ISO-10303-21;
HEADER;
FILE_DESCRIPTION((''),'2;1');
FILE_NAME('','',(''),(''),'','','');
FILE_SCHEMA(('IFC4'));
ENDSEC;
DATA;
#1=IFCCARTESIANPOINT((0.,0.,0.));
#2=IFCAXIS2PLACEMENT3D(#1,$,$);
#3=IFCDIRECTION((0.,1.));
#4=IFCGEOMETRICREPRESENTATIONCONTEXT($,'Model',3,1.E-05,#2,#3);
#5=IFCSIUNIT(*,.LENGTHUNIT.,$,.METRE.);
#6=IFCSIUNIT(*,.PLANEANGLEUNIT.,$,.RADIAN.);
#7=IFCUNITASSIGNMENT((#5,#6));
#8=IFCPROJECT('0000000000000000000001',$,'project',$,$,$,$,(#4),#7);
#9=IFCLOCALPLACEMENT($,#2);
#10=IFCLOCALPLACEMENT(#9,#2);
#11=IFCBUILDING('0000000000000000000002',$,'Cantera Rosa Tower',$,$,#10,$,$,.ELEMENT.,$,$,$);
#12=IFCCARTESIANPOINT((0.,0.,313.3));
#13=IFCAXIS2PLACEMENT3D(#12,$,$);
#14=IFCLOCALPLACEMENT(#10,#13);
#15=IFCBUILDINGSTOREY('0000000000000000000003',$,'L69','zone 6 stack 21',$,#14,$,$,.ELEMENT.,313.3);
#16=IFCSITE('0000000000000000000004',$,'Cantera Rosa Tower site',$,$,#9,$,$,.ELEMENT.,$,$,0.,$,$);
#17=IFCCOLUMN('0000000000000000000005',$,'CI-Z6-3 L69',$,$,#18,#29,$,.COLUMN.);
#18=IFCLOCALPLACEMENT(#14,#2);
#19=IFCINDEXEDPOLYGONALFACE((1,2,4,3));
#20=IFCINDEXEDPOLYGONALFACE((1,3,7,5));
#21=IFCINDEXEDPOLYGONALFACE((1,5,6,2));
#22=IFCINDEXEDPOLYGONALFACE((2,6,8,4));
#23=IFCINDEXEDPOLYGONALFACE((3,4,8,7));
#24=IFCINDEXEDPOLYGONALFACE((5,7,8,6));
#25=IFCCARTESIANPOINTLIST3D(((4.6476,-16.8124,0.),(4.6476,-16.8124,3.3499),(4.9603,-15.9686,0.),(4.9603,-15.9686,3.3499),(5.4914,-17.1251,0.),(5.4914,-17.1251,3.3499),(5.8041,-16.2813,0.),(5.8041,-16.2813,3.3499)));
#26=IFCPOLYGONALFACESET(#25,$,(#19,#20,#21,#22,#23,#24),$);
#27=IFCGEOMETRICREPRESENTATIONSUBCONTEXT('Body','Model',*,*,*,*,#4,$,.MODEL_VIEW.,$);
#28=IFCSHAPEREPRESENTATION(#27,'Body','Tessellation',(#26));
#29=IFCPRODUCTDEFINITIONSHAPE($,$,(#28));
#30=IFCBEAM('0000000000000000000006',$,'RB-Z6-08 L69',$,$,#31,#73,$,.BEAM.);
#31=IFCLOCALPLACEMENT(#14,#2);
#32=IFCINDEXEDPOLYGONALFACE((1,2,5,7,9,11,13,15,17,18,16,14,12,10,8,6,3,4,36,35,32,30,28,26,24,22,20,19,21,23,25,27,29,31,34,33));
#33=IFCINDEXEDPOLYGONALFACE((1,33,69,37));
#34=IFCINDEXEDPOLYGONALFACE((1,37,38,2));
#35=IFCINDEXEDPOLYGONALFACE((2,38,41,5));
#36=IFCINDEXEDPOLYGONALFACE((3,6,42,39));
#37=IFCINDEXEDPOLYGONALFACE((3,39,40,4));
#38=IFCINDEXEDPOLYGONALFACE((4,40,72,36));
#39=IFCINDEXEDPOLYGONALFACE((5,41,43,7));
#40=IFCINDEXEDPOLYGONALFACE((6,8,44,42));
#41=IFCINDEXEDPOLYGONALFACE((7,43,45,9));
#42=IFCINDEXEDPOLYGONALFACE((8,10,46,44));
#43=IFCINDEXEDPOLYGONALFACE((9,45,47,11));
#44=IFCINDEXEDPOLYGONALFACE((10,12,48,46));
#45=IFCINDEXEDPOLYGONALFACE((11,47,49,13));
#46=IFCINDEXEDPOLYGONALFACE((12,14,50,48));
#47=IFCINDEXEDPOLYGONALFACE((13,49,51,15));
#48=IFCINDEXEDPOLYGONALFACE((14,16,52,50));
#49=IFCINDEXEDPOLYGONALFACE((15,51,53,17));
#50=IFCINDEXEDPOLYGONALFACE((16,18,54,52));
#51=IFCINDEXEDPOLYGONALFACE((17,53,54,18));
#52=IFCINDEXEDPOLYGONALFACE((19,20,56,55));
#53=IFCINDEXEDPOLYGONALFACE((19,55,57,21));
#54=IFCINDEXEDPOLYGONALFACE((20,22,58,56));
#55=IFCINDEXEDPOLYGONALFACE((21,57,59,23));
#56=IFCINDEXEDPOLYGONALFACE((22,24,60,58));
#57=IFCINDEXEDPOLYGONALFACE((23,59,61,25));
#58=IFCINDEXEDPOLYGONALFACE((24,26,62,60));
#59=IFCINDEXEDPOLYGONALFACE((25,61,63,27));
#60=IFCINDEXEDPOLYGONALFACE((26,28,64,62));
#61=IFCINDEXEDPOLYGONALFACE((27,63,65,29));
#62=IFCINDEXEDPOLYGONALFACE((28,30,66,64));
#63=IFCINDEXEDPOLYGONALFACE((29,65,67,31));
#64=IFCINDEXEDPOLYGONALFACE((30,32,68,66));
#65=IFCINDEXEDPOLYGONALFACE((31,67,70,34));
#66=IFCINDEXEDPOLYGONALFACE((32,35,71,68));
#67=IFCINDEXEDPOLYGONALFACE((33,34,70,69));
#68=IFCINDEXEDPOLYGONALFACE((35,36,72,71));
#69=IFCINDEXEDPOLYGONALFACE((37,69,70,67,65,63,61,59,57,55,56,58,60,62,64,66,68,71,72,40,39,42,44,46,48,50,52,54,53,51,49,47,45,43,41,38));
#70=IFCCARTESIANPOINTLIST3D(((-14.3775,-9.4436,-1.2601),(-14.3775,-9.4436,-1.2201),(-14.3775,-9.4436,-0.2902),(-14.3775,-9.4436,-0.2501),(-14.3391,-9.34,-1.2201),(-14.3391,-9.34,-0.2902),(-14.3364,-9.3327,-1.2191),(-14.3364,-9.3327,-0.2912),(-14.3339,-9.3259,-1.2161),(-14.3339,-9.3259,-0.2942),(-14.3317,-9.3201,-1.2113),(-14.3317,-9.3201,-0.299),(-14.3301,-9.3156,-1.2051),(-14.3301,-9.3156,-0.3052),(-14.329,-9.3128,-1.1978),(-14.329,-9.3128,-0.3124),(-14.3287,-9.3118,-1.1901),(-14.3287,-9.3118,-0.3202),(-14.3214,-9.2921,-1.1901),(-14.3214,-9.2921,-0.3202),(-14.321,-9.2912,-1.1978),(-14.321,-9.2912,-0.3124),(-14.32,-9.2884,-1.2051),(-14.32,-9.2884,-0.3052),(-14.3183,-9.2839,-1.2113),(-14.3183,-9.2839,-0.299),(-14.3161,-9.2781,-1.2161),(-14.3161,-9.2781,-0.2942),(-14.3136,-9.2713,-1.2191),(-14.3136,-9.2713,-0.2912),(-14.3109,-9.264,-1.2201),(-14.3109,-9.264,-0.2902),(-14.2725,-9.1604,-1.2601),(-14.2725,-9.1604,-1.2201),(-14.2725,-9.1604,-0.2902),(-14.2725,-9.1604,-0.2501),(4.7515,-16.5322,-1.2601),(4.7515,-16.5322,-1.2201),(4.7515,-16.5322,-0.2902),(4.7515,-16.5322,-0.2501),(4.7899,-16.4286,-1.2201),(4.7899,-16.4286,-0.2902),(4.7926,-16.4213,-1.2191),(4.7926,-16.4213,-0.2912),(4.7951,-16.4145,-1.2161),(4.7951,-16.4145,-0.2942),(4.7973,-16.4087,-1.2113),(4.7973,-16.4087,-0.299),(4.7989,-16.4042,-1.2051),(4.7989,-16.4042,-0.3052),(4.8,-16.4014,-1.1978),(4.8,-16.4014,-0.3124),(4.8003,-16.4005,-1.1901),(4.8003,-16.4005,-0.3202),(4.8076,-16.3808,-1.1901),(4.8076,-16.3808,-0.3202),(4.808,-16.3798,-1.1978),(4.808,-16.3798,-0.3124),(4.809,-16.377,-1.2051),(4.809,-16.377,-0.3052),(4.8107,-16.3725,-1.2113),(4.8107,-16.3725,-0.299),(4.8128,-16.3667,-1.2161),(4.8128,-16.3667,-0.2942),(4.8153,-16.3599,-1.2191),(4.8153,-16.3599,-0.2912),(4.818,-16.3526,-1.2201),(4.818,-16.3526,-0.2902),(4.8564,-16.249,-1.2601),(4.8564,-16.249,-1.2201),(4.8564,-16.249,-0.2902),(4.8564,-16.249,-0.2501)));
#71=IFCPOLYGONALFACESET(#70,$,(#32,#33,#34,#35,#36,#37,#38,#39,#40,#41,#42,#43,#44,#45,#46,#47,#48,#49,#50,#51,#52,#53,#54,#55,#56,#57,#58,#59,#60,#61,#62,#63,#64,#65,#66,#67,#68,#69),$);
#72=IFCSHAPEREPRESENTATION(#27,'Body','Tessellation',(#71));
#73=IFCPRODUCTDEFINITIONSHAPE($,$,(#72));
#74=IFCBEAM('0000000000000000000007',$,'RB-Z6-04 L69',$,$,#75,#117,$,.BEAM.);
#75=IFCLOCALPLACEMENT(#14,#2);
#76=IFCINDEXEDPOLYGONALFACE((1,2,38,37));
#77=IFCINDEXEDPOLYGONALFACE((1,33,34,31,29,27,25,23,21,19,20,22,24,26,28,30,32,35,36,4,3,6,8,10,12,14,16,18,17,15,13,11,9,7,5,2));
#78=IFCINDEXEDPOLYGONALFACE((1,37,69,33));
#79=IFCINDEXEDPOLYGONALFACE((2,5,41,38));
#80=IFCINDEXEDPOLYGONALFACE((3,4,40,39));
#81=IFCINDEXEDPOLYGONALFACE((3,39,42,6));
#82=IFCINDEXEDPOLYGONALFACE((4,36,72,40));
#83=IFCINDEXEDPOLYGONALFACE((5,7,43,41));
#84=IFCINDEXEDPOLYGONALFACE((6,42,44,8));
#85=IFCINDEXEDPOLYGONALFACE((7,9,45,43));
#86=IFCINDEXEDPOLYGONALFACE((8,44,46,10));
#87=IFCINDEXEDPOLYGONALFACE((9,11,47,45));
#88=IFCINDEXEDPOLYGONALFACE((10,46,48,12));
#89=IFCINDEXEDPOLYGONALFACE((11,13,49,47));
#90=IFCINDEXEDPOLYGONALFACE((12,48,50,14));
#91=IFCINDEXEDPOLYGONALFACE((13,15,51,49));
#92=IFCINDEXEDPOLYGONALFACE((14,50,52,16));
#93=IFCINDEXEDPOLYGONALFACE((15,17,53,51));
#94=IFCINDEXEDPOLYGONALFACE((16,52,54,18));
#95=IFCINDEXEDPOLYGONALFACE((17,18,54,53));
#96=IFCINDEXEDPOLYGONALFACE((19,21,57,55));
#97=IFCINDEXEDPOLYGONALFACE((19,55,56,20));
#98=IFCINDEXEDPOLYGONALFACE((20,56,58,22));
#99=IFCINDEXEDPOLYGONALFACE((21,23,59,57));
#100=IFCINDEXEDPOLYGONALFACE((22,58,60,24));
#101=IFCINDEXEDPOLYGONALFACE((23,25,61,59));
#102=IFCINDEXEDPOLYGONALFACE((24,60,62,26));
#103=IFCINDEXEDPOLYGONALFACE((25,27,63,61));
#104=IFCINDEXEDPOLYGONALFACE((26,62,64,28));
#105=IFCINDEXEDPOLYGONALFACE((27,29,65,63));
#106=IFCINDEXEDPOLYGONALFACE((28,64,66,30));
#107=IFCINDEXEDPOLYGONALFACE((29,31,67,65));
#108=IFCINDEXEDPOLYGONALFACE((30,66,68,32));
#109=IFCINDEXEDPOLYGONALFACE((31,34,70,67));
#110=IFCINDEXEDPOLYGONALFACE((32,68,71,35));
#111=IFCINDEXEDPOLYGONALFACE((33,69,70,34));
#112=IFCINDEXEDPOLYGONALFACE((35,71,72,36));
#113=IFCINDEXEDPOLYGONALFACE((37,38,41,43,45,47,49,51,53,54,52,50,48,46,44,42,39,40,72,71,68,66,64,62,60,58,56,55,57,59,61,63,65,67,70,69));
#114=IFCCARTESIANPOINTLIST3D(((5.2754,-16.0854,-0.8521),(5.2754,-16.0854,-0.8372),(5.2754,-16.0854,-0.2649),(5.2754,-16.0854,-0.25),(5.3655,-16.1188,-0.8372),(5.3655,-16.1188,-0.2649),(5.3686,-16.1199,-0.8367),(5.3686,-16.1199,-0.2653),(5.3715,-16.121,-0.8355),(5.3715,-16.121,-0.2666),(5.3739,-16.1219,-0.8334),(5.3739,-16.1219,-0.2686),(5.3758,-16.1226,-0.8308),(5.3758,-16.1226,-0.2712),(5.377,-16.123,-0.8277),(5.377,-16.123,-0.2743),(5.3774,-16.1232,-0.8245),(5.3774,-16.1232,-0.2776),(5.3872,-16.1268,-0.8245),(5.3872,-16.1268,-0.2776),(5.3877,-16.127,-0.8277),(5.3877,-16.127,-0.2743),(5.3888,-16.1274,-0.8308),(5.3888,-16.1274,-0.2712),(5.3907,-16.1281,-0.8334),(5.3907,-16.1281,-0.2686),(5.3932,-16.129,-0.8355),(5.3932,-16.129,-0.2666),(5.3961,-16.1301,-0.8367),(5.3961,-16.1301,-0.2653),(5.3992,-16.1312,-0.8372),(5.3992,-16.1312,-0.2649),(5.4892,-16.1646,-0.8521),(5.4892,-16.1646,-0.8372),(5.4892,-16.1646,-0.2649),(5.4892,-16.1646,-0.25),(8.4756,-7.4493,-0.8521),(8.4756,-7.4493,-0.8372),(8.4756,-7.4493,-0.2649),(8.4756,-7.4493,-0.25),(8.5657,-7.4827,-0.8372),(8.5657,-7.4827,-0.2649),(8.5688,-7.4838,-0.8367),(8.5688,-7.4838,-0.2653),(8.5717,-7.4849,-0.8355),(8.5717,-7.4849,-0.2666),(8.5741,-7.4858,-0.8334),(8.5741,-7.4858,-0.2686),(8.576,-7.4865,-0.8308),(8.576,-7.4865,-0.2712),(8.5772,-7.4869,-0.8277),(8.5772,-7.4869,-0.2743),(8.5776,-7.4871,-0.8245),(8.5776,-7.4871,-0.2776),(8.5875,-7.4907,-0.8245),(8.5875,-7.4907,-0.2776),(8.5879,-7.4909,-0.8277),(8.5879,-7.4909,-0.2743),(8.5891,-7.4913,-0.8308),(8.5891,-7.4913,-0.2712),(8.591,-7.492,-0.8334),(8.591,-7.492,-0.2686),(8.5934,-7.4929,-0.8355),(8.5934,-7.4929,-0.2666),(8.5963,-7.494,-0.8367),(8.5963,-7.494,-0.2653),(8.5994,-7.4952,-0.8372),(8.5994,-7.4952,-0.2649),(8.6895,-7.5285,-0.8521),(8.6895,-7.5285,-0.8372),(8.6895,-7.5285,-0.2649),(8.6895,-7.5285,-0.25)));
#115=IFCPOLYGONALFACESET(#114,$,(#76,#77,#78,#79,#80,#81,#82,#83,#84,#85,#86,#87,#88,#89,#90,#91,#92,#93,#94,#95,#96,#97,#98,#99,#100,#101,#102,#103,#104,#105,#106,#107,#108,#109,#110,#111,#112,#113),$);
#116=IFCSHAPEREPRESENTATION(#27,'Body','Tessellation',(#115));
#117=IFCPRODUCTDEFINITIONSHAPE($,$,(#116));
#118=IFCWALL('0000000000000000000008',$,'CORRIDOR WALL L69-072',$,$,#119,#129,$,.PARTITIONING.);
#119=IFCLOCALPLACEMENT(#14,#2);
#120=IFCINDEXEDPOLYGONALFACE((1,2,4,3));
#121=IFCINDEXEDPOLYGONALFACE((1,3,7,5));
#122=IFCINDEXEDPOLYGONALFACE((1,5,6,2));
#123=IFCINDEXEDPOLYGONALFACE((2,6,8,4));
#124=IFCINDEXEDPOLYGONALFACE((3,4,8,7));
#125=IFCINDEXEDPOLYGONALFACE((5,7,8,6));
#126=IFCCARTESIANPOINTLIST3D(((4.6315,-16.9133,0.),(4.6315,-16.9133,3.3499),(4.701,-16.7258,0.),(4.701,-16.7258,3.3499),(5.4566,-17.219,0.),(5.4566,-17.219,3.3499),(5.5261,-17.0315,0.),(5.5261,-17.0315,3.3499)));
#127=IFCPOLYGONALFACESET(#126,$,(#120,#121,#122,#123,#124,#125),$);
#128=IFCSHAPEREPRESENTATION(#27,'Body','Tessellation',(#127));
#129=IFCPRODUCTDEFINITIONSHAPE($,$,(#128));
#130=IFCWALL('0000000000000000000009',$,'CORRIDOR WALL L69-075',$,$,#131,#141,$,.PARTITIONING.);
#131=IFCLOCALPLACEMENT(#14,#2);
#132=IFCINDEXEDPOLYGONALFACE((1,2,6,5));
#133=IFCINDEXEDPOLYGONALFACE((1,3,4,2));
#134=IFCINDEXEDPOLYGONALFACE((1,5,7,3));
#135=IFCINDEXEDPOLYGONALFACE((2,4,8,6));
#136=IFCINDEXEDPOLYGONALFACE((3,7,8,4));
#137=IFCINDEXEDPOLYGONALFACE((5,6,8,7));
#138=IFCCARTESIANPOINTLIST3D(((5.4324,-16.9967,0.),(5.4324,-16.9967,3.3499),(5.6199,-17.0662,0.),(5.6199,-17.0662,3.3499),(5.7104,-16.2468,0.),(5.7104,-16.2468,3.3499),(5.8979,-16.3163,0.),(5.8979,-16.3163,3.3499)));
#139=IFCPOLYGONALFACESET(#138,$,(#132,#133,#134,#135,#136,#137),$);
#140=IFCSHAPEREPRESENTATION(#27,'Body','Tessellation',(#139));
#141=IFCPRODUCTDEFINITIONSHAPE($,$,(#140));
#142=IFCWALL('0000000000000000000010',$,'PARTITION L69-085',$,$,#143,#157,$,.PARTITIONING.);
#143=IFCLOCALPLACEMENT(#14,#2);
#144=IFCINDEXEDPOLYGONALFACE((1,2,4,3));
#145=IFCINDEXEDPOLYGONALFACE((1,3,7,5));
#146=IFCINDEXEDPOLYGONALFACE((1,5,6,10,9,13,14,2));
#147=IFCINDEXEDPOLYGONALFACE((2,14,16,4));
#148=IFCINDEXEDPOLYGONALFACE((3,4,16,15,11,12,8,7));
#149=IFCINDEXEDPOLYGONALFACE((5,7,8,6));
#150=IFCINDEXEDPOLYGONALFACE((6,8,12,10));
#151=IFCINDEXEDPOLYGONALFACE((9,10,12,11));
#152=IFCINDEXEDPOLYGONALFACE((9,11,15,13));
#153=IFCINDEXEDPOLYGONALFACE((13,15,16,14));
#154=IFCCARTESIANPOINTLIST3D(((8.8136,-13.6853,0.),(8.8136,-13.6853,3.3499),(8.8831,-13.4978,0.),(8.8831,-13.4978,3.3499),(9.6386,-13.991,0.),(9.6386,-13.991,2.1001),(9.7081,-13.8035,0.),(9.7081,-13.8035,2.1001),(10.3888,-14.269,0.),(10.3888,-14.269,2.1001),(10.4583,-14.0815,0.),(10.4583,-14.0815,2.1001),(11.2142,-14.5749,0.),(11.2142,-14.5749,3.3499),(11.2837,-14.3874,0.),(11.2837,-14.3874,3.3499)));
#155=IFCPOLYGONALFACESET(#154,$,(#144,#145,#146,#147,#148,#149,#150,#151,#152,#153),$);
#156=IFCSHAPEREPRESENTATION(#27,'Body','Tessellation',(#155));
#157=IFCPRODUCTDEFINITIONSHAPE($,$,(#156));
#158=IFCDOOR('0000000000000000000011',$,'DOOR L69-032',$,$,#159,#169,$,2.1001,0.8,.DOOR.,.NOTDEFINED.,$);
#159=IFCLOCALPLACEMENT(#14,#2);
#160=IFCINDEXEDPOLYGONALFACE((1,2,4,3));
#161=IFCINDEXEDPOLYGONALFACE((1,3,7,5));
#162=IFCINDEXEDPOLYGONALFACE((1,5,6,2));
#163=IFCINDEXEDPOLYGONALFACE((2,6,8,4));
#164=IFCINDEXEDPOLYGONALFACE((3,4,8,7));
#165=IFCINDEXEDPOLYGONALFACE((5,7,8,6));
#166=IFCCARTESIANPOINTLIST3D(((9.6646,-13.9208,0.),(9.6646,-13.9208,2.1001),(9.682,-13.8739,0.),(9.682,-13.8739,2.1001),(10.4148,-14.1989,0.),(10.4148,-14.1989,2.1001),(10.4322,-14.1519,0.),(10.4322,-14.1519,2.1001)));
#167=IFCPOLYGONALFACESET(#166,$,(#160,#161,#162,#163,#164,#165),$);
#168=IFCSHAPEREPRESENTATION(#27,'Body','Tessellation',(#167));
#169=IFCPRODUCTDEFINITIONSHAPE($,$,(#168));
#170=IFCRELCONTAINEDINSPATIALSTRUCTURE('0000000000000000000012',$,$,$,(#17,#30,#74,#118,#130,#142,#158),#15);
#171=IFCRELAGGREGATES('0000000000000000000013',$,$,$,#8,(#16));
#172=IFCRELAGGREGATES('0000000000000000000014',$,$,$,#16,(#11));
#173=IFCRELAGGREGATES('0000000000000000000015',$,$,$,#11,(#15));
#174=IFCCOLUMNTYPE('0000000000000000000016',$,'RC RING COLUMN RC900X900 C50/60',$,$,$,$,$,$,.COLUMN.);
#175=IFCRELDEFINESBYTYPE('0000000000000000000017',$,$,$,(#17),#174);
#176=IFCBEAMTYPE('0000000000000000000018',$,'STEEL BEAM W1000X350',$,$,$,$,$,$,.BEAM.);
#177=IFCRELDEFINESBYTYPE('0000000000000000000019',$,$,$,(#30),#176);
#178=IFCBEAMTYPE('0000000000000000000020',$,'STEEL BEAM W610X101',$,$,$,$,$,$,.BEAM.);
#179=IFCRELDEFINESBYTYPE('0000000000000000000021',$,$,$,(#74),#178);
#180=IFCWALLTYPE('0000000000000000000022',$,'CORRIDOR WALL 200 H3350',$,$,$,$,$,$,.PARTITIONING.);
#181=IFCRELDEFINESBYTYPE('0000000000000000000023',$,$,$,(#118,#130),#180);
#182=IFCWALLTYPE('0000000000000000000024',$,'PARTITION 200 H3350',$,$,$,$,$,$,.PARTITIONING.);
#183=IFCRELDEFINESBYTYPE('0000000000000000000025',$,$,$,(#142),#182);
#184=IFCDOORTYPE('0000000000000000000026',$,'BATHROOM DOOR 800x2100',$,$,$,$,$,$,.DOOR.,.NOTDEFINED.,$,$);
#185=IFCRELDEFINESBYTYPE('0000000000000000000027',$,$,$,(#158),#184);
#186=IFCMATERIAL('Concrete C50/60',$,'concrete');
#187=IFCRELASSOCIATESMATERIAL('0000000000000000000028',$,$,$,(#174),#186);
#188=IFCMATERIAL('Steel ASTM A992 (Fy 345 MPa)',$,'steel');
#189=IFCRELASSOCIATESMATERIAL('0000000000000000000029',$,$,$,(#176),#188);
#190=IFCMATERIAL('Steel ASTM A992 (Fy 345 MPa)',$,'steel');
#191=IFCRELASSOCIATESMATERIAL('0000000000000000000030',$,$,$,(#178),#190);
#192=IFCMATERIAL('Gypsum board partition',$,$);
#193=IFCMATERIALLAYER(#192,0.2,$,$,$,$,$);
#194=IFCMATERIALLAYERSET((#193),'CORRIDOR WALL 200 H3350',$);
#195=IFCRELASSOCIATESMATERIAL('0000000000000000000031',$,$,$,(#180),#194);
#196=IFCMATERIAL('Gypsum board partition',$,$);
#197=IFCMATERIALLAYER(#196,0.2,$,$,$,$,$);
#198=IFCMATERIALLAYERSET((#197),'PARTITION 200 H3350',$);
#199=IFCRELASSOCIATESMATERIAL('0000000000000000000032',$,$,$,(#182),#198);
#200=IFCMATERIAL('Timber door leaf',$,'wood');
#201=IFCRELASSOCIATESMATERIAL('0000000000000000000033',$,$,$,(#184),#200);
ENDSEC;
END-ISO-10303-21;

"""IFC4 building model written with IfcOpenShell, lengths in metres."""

from ifc_helpers import new_model, si_unit, direction, frame, frame_2d, origin, origin_2d, place, context, subcontext, project, spatial, rectangle, i_section, extrude, material, layer, layer_set, material_profile, profile_set, type_object, element, fill, save


model = new_model("IFC4")

# Units and contexts
model_context = context("Model", 3, precision=1e-05, world=origin(), true_north=direction((0.0, 1.0)))
body_context = subcontext(model_context, "Body", "Model", "MODEL_VIEW")
ifc_project = project(units=[si_unit("LENGTHUNIT", "METRE"), si_unit("PLANEANGLEUNIT", "RADIAN")], contexts=[model_context])

# Site, building, storey
site_placement = place(None, origin())
site = spatial("IfcSite", under=ifc_project, at=site_placement, Name="Cantera Rosa Tower site", CompositionType="ELEMENT", RefElevation=0.0)
building_placement = place(site_placement, origin())
building = spatial("IfcBuilding", under=site, at=building_placement, Name="Cantera Rosa Tower", CompositionType="ELEMENT")
storey_placement = place(building_placement, frame((0.0, 0.0, 313.3)))
storey = spatial("IfcBuildingStorey", under=building, at=storey_placement, Name="L69", Description="zone 6 stack 21", CompositionType="ELEMENT", Elevation=313.3)

# Column
ifc_material_1 = material(Name="Concrete C50/60", Category="concrete")
ifc_material_profile_1 = material_profile(ifc_material_1, rectangle(XDim=0.8999, YDim=0.8999, at=origin_2d()), Name="RC RING COLUMN RC900X900 C50/60")
ifc_profile_set_1 = profile_set([ifc_material_profile_1], Name="Concrete C50/60")
column_type = type_object("IfcColumnType", Name="RC RING COLUMN RC900X900 C50/60", PredefinedType="COLUMN", material=ifc_profile_set_1)
column_placement = place(storey_placement, frame((5.2258, -16.5469, 0.0), z_axis=(0.0, 0.0, 1.0), x_axis=(0.347481, 0.937687, 0.0)))
element("IfcColumn", 1, at=column_placement, inside=storey, type_object=column_type, Name="CI-Z6-3 L69", PredefinedType="COLUMN", context=body_context, shape_type="SweptSolid", body=[
    extrude(rectangle(XDim=0.8999, YDim=0.8999, at=origin_2d()), origin(), (0.0, 0.0, 1.0), 3.3499),
])

# Beams
ifc_material_2 = material(Name="Steel ASTM A992 (Fy 345 MPa)", Category="steel")
ifc_material_profile_2 = material_profile(ifc_material_2, i_section(OverallWidth=0.302, OverallDepth=1.01, WebThickness=0.021, FlangeThickness=0.04, FilletRadius=0.03, at=origin_2d()), Name="W1000X350")
ifc_profile_set_2 = profile_set([ifc_material_profile_2], Name="Steel ASTM A992 (Fy 345 MPa)")
beam_type_1 = type_object("IfcBeamType", Name="STEEL BEAM W1000X350", PredefinedType="BEAM", material=ifc_profile_set_2)
beam_1_placement = place(storey_placement, frame((4.804, -16.3906, -0.7551), z_axis=(-0.937687, 0.34748, 0.0), x_axis=(-0.34748, -0.937687, 0.0)))
element("IfcBeam", 2, at=beam_1_placement, inside=storey, type_object=beam_type_1, Name="RB-Z6-08 L69", PredefinedType="BEAM", context=body_context, shape_type="SweptSolid", body=[
    extrude(i_section(OverallWidth=0.302, OverallDepth=1.01, WebThickness=0.021, FlangeThickness=0.04, FilletRadius=0.03, at=origin_2d()), origin(), (0.0, 0.0, 1.0), 20.4001),
])
ifc_material_3 = material(Name="Steel ASTM A992 (Fy 345 MPa)", Category="steel")
ifc_material_profile_3 = material_profile(ifc_material_3, i_section(OverallWidth=0.228, OverallDepth=0.6021, WebThickness=0.0105, FlangeThickness=0.0149, FilletRadius=0.0127, at=origin_2d()), Name="W610X101")
ifc_profile_set_3 = profile_set([ifc_material_profile_3], Name="Steel ASTM A992 (Fy 345 MPa)")
beam_type_2 = type_object("IfcBeamType", Name="STEEL BEAM W610X101", PredefinedType="BEAM", material=ifc_profile_set_3)
beam_2_placement = place(storey_placement, frame((5.3823, -16.125, -0.551), z_axis=(0.347475, 0.937689, 0.0), x_axis=(-0.937689, 0.347475, 0.0)))
element("IfcBeam", 3, at=beam_2_placement, inside=storey, type_object=beam_type_2, Name="RB-Z6-04 L69", PredefinedType="BEAM", context=body_context, shape_type="SweptSolid", body=[
    extrude(i_section(OverallWidth=0.228, OverallDepth=0.6021, WebThickness=0.0105, FlangeThickness=0.0149, FilletRadius=0.0127, at=origin_2d()), origin(), (0.0, 0.0, 1.0), 9.21),
])

# Walls
ifc_material_4 = material(Name="Gypsum board partition")
ifc_layer_1 = layer(ifc_material_4, 0.2)
ifc_layer_set_1 = layer_set([ifc_layer_1], Name="CORRIDOR WALL 200 H3350")
wall_type_1 = type_object("IfcWallType", Name="CORRIDOR WALL 200 H3350", PredefinedType="PARTITIONING", material=ifc_layer_set_1)
wall_1_placement = place(storey_placement, frame((4.6663, -16.8196, 0.0), z_axis=(0.0, 0.0, 1.0), x_axis=(0.937735, -0.34735, 0.0)))
element("IfcWall", 4, at=wall_1_placement, inside=storey, type_object=wall_type_1, Name="CORRIDOR WALL L69-072", PredefinedType="PARTITIONING", context=body_context, shape_type="SweptSolid", body=[
    extrude(rectangle(XDim=0.8799, YDim=0.2, at=frame_2d((0.4399, 0.0))), origin(), (0.0, 0.0, 1.0), 3.3499),
])
wall_2_placement = place(storey_placement, frame((5.5261, -17.0315, 0.0), z_axis=(0.0, 0.0, 1.0), x_axis=(0.347642, 0.937627, 0.0)))
element("IfcWall", 5, at=wall_2_placement, inside=storey, type_object=wall_type_1, Name="CORRIDOR WALL L69-075", PredefinedType="PARTITIONING", context=body_context, shape_type="SweptSolid", body=[
    extrude(rectangle(XDim=0.7998, YDim=0.2, at=frame_2d((0.3999, 0.0))), origin(), (0.0, 0.0, 1.0), 3.3499),
])

# Wall, opening, door
ifc_material_5 = material(Name="Gypsum board partition")
ifc_layer_2 = layer(ifc_material_5, 0.2)
ifc_layer_set_2 = layer_set([ifc_layer_2], Name="PARTITION 200 H3350")
wall_type_2 = type_object("IfcWallType", Name="PARTITION 200 H3350", PredefinedType="PARTITIONING", material=ifc_layer_set_2)
wall_3_placement = place(storey_placement, frame((8.8484, -13.5916, 0.0), z_axis=(0.0, 0.0, 1.0), x_axis=(0.937682, -0.347494, 0.0)))
wall_3 = element("IfcWall", 6, at=wall_3_placement, inside=storey, type_object=wall_type_2, Name="PARTITION L69-085", PredefinedType="PARTITIONING", context=body_context, shape_type="SweptSolid", body=[
    extrude(rectangle(XDim=2.5601, YDim=0.2, at=frame_2d((1.28, 0.0))), origin(), (0.0, 0.0, 1.0), 3.3499),
])
opening_1_placement = place(wall_3_placement, frame((0.8799, 0.0, 0.0)))
opening_1 = element("IfcOpeningElement", 7, at=opening_1_placement, cuts=wall_3, PredefinedType="OPENING", context=body_context, shape_type="SweptSolid", body=[
    extrude(rectangle(XDim=0.8, YDim=2.1001, at=frame_2d((0.3999, 1.05))), frame((0.0, 0.1099, 0.0), z_axis=(0.0, -1.0, 0.0), x_axis=(1.0, 0.0, 0.0)), (0.0, 0.0, 1.0), 0.22),
])
ifc_material_6 = material(Name="Timber door leaf", Category="wood")
door_type_1 = type_object("IfcDoorType", Name="BATHROOM DOOR 800x2100", OperationType="NOTDEFINED", PredefinedType="DOOR", material=ifc_material_6)
door_1_placement = place(opening_1_placement, origin())
door_1 = element("IfcDoor", 8, at=door_1_placement, inside=storey, type_object=door_type_1, Name="DOOR L69-032", OperationType="NOTDEFINED", OverallHeight=2.1001, OverallWidth=0.8, PredefinedType="DOOR", context=body_context, shape_type="SweptSolid", body=[
    extrude(rectangle(XDim=0.8, YDim=2.1001, at=frame_2d((0.3999, 1.05))), frame((0.0, 0.0249, 0.0), z_axis=(0.0, -1.0, 0.0), x_axis=(1.0, 0.0, 0.0)), (0.0, 0.0, 1.0), 0.05),
])
fill(opening_1, door_1)

save(model, "model.ifc")
